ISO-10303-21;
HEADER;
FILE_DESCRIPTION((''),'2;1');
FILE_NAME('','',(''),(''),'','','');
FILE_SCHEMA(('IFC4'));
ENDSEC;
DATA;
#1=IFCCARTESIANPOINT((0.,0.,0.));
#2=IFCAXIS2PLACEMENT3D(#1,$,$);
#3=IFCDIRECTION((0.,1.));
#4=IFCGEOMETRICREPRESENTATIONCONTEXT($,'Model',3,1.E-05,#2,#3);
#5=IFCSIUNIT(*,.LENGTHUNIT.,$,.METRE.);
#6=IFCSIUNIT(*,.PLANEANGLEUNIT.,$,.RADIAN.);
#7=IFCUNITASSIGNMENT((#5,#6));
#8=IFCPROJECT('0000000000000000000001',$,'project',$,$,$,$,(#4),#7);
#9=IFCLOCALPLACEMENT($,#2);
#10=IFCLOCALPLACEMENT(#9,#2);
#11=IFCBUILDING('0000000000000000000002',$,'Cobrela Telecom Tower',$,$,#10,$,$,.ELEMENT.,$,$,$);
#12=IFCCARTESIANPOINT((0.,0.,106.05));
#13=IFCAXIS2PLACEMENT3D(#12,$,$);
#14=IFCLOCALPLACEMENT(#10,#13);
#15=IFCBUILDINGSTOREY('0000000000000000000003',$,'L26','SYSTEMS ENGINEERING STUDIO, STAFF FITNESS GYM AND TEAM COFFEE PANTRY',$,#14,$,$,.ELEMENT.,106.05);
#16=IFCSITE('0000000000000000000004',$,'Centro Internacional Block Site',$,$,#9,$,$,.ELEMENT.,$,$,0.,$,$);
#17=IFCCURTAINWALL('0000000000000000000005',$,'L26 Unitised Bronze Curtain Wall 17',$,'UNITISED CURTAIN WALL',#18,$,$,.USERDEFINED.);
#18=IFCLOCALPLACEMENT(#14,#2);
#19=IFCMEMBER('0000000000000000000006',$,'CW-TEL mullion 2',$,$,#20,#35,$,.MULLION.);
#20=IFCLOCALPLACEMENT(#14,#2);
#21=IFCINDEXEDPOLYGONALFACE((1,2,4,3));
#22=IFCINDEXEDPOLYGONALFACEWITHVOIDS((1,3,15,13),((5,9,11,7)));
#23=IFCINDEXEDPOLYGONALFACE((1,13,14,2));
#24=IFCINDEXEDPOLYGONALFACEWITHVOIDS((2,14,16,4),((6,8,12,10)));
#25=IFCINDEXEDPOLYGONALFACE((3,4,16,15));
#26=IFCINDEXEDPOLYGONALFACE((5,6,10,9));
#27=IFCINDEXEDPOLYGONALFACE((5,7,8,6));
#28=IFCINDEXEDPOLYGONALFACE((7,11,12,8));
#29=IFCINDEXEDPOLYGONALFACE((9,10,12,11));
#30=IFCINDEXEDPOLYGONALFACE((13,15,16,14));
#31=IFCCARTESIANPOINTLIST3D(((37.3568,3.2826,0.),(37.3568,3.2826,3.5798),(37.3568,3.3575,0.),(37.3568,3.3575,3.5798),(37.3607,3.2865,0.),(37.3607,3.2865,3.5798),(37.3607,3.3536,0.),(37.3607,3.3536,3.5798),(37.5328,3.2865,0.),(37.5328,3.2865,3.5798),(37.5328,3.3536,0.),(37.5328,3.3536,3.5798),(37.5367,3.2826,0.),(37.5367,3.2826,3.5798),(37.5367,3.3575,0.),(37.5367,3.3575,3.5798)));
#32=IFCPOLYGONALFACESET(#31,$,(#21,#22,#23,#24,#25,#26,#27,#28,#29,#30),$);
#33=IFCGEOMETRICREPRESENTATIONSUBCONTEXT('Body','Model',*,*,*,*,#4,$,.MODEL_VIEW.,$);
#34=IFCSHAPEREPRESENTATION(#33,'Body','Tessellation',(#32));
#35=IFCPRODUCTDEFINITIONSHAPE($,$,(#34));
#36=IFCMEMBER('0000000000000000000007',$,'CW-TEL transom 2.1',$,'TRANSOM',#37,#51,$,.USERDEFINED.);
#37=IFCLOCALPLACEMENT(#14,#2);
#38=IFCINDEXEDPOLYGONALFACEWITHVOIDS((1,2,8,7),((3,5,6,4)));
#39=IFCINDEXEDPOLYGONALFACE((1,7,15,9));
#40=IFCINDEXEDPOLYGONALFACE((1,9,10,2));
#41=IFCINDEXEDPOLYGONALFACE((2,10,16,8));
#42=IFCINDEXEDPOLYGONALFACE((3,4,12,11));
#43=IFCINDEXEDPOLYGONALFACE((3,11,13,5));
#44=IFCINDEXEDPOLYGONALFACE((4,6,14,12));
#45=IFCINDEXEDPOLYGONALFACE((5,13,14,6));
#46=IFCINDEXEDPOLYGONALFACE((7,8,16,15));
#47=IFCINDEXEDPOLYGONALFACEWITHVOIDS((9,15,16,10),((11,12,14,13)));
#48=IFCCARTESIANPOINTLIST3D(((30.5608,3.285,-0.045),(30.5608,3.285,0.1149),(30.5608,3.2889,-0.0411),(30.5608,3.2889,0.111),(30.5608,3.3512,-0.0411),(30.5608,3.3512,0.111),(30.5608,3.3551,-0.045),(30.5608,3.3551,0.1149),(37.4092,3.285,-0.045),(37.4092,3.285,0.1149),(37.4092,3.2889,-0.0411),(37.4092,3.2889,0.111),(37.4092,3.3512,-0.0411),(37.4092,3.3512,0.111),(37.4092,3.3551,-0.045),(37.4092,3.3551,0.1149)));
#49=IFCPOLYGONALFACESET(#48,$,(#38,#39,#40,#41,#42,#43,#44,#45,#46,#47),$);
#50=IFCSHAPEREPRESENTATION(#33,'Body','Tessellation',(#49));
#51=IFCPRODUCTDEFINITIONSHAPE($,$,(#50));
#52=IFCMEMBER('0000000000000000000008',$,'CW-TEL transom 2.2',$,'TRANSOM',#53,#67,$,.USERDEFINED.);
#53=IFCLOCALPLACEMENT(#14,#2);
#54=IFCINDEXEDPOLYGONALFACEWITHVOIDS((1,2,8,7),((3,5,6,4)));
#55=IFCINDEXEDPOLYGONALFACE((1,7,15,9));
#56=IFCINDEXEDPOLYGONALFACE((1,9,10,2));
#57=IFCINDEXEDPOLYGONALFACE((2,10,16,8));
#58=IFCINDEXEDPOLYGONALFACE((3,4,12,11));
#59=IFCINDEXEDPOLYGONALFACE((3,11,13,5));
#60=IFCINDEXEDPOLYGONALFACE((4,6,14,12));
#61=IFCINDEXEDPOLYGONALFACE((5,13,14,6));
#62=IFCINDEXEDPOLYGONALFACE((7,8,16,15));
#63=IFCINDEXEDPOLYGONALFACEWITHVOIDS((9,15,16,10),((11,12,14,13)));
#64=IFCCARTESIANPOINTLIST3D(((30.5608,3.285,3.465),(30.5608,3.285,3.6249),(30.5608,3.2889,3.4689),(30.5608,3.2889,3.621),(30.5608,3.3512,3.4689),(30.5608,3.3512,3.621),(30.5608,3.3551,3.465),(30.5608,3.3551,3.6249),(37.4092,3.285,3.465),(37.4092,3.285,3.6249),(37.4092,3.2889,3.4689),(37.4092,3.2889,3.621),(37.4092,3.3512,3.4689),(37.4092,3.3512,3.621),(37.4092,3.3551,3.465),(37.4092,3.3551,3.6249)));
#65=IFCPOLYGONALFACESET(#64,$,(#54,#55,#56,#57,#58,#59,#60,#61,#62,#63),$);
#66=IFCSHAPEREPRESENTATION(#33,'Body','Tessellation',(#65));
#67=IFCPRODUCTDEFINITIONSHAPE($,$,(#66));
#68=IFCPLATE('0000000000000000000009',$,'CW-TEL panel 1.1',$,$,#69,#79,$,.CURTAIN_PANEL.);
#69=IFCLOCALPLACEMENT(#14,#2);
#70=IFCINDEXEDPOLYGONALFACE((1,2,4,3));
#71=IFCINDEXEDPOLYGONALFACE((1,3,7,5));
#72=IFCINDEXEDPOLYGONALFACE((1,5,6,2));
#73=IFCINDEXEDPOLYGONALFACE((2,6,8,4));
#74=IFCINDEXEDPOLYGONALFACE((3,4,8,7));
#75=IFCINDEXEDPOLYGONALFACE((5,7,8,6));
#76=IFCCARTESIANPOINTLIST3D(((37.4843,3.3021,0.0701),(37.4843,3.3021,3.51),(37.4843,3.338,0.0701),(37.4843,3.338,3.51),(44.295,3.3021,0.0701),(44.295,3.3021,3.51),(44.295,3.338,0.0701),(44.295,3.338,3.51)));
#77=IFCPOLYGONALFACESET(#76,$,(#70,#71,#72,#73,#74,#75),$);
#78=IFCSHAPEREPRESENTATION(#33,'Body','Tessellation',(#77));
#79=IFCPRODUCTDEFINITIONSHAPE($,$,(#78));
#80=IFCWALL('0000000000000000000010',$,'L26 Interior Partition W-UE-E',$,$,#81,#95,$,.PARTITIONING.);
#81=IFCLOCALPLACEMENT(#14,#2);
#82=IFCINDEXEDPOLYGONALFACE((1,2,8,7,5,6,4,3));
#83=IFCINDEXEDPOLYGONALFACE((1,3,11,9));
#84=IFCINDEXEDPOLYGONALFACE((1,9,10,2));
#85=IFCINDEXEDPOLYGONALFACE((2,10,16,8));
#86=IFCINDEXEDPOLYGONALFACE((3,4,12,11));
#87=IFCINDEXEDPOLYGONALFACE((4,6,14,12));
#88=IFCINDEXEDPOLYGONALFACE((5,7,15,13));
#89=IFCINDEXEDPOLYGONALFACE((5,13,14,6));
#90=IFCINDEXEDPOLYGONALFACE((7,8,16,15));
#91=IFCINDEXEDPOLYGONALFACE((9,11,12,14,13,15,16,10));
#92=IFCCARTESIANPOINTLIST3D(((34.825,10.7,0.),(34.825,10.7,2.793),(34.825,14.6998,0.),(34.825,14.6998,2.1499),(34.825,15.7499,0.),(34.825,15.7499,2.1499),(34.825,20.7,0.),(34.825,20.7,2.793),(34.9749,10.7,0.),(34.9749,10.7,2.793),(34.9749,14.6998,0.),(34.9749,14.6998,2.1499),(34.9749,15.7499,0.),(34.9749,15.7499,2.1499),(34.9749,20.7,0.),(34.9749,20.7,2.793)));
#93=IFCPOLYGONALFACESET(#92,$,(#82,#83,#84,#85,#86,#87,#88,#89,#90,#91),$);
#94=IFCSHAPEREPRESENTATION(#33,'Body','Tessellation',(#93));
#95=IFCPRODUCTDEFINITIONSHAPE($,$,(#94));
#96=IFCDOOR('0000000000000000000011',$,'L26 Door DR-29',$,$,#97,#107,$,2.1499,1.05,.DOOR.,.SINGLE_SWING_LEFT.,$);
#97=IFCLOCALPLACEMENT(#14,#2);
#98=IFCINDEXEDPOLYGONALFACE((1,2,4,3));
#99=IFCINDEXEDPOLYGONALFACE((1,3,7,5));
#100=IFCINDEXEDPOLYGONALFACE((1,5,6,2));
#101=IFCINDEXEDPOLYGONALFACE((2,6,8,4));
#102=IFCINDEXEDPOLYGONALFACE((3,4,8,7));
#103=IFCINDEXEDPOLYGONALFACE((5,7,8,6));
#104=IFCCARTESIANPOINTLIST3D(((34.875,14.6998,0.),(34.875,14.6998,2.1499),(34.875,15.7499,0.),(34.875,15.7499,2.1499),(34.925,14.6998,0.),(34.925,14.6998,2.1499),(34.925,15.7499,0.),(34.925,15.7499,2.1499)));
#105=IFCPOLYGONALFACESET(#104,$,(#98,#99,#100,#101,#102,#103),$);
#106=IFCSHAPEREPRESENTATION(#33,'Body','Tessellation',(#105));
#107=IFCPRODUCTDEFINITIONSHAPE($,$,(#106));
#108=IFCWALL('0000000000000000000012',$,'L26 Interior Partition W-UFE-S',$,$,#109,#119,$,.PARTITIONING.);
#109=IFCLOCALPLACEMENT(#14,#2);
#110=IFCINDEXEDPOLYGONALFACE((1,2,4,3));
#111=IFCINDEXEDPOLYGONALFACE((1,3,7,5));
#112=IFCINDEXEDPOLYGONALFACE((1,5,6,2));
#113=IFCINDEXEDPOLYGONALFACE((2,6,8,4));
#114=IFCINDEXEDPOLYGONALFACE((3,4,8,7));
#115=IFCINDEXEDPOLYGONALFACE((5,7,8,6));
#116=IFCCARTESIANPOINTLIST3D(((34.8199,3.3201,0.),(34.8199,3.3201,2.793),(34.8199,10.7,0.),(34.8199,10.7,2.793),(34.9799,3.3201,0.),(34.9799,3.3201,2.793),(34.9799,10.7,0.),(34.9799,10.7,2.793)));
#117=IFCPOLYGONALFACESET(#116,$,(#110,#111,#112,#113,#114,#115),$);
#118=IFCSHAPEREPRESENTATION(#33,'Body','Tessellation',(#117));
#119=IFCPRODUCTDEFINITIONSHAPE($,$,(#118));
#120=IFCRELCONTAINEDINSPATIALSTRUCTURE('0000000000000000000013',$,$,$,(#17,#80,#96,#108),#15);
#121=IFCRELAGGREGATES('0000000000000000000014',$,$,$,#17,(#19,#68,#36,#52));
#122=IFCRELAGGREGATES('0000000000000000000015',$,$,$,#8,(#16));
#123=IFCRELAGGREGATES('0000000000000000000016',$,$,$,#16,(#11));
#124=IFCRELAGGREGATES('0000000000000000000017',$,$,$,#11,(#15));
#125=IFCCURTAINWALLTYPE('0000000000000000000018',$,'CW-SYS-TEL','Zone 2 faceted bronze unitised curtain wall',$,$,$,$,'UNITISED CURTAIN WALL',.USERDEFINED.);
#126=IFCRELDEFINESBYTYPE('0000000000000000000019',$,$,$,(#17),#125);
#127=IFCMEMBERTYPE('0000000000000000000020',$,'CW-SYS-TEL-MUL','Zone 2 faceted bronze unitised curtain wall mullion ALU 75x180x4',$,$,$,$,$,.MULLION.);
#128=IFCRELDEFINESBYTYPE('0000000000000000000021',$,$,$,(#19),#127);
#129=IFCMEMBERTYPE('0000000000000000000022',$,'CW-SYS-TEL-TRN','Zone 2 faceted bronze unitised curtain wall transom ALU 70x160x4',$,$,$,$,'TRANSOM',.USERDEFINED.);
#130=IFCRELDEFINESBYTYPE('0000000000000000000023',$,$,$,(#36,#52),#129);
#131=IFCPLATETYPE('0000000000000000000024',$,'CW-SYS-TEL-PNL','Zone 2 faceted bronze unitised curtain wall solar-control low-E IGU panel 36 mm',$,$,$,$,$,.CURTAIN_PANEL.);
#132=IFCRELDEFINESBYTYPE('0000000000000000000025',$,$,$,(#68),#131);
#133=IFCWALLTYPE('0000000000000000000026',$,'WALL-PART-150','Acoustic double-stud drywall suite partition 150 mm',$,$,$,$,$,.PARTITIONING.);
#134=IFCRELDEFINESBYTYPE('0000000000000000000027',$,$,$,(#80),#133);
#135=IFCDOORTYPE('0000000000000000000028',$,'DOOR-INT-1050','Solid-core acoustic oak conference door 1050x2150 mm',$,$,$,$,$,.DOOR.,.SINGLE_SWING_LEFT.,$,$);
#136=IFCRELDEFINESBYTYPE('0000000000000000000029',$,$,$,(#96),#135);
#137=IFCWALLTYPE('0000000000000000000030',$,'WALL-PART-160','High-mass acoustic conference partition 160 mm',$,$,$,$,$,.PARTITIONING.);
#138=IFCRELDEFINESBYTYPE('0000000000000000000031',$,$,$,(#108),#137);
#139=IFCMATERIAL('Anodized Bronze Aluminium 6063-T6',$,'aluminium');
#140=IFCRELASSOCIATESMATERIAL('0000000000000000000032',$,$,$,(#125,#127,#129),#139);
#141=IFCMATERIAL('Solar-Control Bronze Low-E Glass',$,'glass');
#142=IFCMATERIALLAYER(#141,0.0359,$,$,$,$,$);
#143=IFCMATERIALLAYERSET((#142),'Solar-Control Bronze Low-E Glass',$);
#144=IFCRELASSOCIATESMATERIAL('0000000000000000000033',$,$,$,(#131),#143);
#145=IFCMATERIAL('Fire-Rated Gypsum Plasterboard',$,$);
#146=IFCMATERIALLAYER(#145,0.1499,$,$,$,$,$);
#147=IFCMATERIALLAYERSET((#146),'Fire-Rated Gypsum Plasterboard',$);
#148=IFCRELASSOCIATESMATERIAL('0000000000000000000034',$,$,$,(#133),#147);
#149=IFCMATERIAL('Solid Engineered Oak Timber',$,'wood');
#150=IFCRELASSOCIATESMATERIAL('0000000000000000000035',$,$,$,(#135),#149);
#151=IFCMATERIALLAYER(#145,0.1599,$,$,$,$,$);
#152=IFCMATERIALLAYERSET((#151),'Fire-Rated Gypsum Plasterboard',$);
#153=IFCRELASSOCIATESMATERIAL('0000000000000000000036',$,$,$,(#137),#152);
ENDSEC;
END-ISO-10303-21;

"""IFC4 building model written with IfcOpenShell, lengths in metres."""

from ifc_helpers import new_model, si_unit, direction, frame, frame_2d, origin, origin_2d, place, context, subcontext, project, spatial, rectangle, hollow_rectangle, extrude, material, layer, layer_set, material_profile, profile_set, type_object, element, fill, aggregate, save


model = new_model("IFC4")

# Units and contexts
model_context = context("Model", 3, precision=1e-05, world=origin(), true_north=direction((0.0, 1.0)))
body_context = subcontext(model_context, "Body", "Model", "MODEL_VIEW")
ifc_project = project(units=[si_unit("LENGTHUNIT", "METRE"), si_unit("PLANEANGLEUNIT", "RADIAN")], contexts=[model_context])

# Site, building, storey
site_placement = place(None, origin())
site = spatial("IfcSite", under=ifc_project, at=site_placement, Name="Centro Internacional Block Site", CompositionType="ELEMENT", RefElevation=0.0)
building_placement = place(site_placement, origin())
building = spatial("IfcBuilding", under=site, at=building_placement, Name="Cobrela Telecom Tower", CompositionType="ELEMENT")
storey_placement = place(building_placement, frame((0.0, 0.0, 106.05)))
storey = spatial("IfcBuildingStorey", under=building, at=storey_placement, Name="L26", Description="SYSTEMS ENGINEERING STUDIO, STAFF FITNESS GYM AND TEAM COFFEE PANTRY", CompositionType="ELEMENT", Elevation=106.05)

# Curtain wall, members, plate
ifc_material_1 = material(Name="Anodized Bronze Aluminium 6063-T6", Category="aluminium")
curtain_wall_type = type_object("IfcCurtainWallType", Name="CW-SYS-TEL", Description="Zone 2 faceted bronze unitised curtain wall", ElementType="UNITISED CURTAIN WALL", PredefinedType="USERDEFINED", material=ifc_material_1)
curtain_wall_placement = place(storey_placement, origin())
curtain_wall = element("IfcCurtainWall", 1, at=curtain_wall_placement, inside=storey, type_object=curtain_wall_type, Name="L26 Unitised Bronze Curtain Wall 17", ObjectType="UNITISED CURTAIN WALL", PredefinedType="USERDEFINED")
ifc_material_profile_1 = material_profile(ifc_material_1, hollow_rectangle(XDim=0.075, YDim=0.1799, WallThickness=0.0039, at=origin_2d()), Name="ALU 75x180x4")
ifc_profile_set_1 = profile_set([ifc_material_profile_1], Name="Anodized Bronze Aluminium 6063-T6")
member_type_1 = type_object("IfcMemberType", Name="CW-SYS-TEL-MUL", Description="Zone 2 faceted bronze unitised curtain wall mullion ALU 75x180x4", PredefinedType="MULLION", material=ifc_profile_set_1)
member_1_placement = place(storey_placement, frame((37.4468, 3.3201, 0.0), z_axis=(0.0, 0.0, 1.0), x_axis=(0.0, -1.0, 0.0)))
member_1 = element("IfcMember", 2, at=member_1_placement, type_object=member_type_1, Name="CW-TEL mullion 2", PredefinedType="MULLION", context=body_context, shape_type="SweptSolid", body=[
    extrude(hollow_rectangle(XDim=0.075, YDim=0.1799, WallThickness=0.0039, at=origin_2d()), origin(), (0.0, 0.0, 1.0), 3.5798),
])
ifc_material_profile_2 = material_profile(ifc_material_1, hollow_rectangle(XDim=0.0701, YDim=0.1599, WallThickness=0.0039, at=origin_2d()), Name="ALU 70x160x4")
ifc_profile_set_2 = profile_set([ifc_material_profile_2], Name="Anodized Bronze Aluminium 6063-T6")
member_type_2 = type_object("IfcMemberType", Name="CW-SYS-TEL-TRN", Description="Zone 2 faceted bronze unitised curtain wall transom ALU 70x160x4", ElementType="TRANSOM", PredefinedType="USERDEFINED", material=ifc_profile_set_2)
member_2_placement = place(storey_placement, frame((37.4092, 3.3201, 0.0349), z_axis=(-1.0, 0.0, 0.0), x_axis=(0.0, -1.0, 0.0)))
member_2 = element("IfcMember", 3, at=member_2_placement, type_object=member_type_2, Name="CW-TEL transom 2.1", ObjectType="TRANSOM", PredefinedType="USERDEFINED", context=body_context, shape_type="SweptSolid", body=[
    extrude(hollow_rectangle(XDim=0.0701, YDim=0.1599, WallThickness=0.0039, at=origin_2d()), origin(), (0.0, 0.0, 1.0), 6.8484),
])
member_3_placement = place(storey_placement, frame((37.4092, 3.3201, 3.5449), z_axis=(-1.0, 0.0, 0.0), x_axis=(0.0, -1.0, 0.0)))
member_3 = element("IfcMember", 4, at=member_3_placement, type_object=member_type_2, Name="CW-TEL transom 2.2", ObjectType="TRANSOM", PredefinedType="USERDEFINED", context=body_context, shape_type="SweptSolid", body=[
    extrude(hollow_rectangle(XDim=0.0701, YDim=0.1599, WallThickness=0.0039, at=origin_2d()), origin(), (0.0, 0.0, 1.0), 6.8484),
])
ifc_material_2 = material(Name="Solar-Control Bronze Low-E Glass", Category="glass")
ifc_layer_1 = layer(ifc_material_2, 0.0359)
ifc_layer_set_1 = layer_set([ifc_layer_1], Name="Solar-Control Bronze Low-E Glass")
plate_type = type_object("IfcPlateType", Name="CW-SYS-TEL-PNL", Description="Zone 2 faceted bronze unitised curtain wall solar-control low-E IGU panel 36 mm", PredefinedType="CURTAIN_PANEL", material=ifc_layer_set_1)
plate_placement = place(storey_placement, frame((40.8896, 3.3201, 0.0701), z_axis=(0.0, 0.0, 1.0), x_axis=(-1.0, 0.0, 0.0)))
plate = element("IfcPlate", 5, at=plate_placement, type_object=plate_type, Name="CW-TEL panel 1.1", PredefinedType="CURTAIN_PANEL", context=body_context, shape_type="SweptSolid", body=[
    extrude(rectangle(XDim=6.8108, YDim=0.0359, at=origin_2d()), origin(), (0.0, 0.0, 1.0), 3.4399),
])
aggregate(curtain_wall, [member_1, plate, member_2, member_3])

# Wall, opening, door
ifc_material_3 = material(Name="Fire-Rated Gypsum Plasterboard")
ifc_layer_2 = layer(ifc_material_3, 0.1499)
ifc_layer_set_2 = layer_set([ifc_layer_2], Name="Fire-Rated Gypsum Plasterboard")
wall_type_1 = type_object("IfcWallType", Name="WALL-PART-150", Description="Acoustic double-stud drywall suite partition 150 mm", PredefinedType="PARTITIONING", material=ifc_layer_set_2)
wall_1_placement = place(storey_placement, frame((34.8999, 10.7, 0.0), z_axis=(0.0, 0.0, 1.0), x_axis=(0.0, 1.0, 0.0)))
wall_1 = element("IfcWall", 6, at=wall_1_placement, inside=storey, type_object=wall_type_1, Name="L26 Interior Partition W-UE-E", PredefinedType="PARTITIONING", context=body_context, shape_type="SweptSolid", body=[
    extrude(rectangle(XDim=10.0, YDim=0.1499, at=frame_2d((5.0, 0.0))), origin(), (0.0, 0.0, 1.0), 2.793),
])
opening_placement = place(wall_1_placement, frame((4.0, 0.0, 0.0)))
opening = element("IfcOpeningElement", 7, at=opening_placement, cuts=wall_1, PredefinedType="OPENING", context=body_context, shape_type="SweptSolid", body=[
    extrude(rectangle(XDim=1.05, YDim=2.1499, at=frame_2d((0.5249, 1.075))), frame((0.0, 0.0869, 0.0), z_axis=(0.0, -1.0, 0.0), x_axis=(1.0, 0.0, 0.0)), (0.0, 0.0, 1.0), 0.1738),
])
ifc_material_4 = material(Name="Solid Engineered Oak Timber", Category="wood")
door_type = type_object("IfcDoorType", Name="DOOR-INT-1050", Description="Solid-core acoustic oak conference door 1050x2150 mm", OperationType="SINGLE_SWING_LEFT", PredefinedType="DOOR", material=ifc_material_4)
door_placement = place(opening_placement, origin())
door = element("IfcDoor", 8, at=door_placement, inside=storey, type_object=door_type, Name="L26 Door DR-29", OperationType="SINGLE_SWING_LEFT", OverallHeight=2.1499, OverallWidth=1.05, PredefinedType="DOOR", context=body_context, shape_type="SweptSolid", body=[
    extrude(rectangle(XDim=1.05, YDim=2.1499, at=frame_2d((0.5249, 1.075))), frame((0.0, 0.0249, 0.0), z_axis=(0.0, -1.0, 0.0), x_axis=(1.0, 0.0, 0.0)), (0.0, 0.0, 1.0), 0.05),
])
fill(opening, door)

# Wall
ifc_layer_3 = layer(ifc_material_3, 0.1599)
ifc_layer_set_3 = layer_set([ifc_layer_3], Name="Fire-Rated Gypsum Plasterboard")
wall_type_2 = type_object("IfcWallType", Name="WALL-PART-160", Description="High-mass acoustic conference partition 160 mm", PredefinedType="PARTITIONING", material=ifc_layer_set_3)
wall_2_placement = place(storey_placement, frame((34.8999, 3.3201, 0.0), z_axis=(0.0, 0.0, 1.0), x_axis=(0.0, 1.0, 0.0)))
element("IfcWall", 9, at=wall_2_placement, inside=storey, type_object=wall_type_2, Name="L26 Interior Partition W-UFE-S", PredefinedType="PARTITIONING", context=body_context, shape_type="SweptSolid", body=[
    extrude(rectangle(XDim=7.3799, YDim=0.1599, at=frame_2d((3.6899, 0.0))), origin(), (0.0, 0.0, 1.0), 2.793),
])

save(model, "model.ifc")
